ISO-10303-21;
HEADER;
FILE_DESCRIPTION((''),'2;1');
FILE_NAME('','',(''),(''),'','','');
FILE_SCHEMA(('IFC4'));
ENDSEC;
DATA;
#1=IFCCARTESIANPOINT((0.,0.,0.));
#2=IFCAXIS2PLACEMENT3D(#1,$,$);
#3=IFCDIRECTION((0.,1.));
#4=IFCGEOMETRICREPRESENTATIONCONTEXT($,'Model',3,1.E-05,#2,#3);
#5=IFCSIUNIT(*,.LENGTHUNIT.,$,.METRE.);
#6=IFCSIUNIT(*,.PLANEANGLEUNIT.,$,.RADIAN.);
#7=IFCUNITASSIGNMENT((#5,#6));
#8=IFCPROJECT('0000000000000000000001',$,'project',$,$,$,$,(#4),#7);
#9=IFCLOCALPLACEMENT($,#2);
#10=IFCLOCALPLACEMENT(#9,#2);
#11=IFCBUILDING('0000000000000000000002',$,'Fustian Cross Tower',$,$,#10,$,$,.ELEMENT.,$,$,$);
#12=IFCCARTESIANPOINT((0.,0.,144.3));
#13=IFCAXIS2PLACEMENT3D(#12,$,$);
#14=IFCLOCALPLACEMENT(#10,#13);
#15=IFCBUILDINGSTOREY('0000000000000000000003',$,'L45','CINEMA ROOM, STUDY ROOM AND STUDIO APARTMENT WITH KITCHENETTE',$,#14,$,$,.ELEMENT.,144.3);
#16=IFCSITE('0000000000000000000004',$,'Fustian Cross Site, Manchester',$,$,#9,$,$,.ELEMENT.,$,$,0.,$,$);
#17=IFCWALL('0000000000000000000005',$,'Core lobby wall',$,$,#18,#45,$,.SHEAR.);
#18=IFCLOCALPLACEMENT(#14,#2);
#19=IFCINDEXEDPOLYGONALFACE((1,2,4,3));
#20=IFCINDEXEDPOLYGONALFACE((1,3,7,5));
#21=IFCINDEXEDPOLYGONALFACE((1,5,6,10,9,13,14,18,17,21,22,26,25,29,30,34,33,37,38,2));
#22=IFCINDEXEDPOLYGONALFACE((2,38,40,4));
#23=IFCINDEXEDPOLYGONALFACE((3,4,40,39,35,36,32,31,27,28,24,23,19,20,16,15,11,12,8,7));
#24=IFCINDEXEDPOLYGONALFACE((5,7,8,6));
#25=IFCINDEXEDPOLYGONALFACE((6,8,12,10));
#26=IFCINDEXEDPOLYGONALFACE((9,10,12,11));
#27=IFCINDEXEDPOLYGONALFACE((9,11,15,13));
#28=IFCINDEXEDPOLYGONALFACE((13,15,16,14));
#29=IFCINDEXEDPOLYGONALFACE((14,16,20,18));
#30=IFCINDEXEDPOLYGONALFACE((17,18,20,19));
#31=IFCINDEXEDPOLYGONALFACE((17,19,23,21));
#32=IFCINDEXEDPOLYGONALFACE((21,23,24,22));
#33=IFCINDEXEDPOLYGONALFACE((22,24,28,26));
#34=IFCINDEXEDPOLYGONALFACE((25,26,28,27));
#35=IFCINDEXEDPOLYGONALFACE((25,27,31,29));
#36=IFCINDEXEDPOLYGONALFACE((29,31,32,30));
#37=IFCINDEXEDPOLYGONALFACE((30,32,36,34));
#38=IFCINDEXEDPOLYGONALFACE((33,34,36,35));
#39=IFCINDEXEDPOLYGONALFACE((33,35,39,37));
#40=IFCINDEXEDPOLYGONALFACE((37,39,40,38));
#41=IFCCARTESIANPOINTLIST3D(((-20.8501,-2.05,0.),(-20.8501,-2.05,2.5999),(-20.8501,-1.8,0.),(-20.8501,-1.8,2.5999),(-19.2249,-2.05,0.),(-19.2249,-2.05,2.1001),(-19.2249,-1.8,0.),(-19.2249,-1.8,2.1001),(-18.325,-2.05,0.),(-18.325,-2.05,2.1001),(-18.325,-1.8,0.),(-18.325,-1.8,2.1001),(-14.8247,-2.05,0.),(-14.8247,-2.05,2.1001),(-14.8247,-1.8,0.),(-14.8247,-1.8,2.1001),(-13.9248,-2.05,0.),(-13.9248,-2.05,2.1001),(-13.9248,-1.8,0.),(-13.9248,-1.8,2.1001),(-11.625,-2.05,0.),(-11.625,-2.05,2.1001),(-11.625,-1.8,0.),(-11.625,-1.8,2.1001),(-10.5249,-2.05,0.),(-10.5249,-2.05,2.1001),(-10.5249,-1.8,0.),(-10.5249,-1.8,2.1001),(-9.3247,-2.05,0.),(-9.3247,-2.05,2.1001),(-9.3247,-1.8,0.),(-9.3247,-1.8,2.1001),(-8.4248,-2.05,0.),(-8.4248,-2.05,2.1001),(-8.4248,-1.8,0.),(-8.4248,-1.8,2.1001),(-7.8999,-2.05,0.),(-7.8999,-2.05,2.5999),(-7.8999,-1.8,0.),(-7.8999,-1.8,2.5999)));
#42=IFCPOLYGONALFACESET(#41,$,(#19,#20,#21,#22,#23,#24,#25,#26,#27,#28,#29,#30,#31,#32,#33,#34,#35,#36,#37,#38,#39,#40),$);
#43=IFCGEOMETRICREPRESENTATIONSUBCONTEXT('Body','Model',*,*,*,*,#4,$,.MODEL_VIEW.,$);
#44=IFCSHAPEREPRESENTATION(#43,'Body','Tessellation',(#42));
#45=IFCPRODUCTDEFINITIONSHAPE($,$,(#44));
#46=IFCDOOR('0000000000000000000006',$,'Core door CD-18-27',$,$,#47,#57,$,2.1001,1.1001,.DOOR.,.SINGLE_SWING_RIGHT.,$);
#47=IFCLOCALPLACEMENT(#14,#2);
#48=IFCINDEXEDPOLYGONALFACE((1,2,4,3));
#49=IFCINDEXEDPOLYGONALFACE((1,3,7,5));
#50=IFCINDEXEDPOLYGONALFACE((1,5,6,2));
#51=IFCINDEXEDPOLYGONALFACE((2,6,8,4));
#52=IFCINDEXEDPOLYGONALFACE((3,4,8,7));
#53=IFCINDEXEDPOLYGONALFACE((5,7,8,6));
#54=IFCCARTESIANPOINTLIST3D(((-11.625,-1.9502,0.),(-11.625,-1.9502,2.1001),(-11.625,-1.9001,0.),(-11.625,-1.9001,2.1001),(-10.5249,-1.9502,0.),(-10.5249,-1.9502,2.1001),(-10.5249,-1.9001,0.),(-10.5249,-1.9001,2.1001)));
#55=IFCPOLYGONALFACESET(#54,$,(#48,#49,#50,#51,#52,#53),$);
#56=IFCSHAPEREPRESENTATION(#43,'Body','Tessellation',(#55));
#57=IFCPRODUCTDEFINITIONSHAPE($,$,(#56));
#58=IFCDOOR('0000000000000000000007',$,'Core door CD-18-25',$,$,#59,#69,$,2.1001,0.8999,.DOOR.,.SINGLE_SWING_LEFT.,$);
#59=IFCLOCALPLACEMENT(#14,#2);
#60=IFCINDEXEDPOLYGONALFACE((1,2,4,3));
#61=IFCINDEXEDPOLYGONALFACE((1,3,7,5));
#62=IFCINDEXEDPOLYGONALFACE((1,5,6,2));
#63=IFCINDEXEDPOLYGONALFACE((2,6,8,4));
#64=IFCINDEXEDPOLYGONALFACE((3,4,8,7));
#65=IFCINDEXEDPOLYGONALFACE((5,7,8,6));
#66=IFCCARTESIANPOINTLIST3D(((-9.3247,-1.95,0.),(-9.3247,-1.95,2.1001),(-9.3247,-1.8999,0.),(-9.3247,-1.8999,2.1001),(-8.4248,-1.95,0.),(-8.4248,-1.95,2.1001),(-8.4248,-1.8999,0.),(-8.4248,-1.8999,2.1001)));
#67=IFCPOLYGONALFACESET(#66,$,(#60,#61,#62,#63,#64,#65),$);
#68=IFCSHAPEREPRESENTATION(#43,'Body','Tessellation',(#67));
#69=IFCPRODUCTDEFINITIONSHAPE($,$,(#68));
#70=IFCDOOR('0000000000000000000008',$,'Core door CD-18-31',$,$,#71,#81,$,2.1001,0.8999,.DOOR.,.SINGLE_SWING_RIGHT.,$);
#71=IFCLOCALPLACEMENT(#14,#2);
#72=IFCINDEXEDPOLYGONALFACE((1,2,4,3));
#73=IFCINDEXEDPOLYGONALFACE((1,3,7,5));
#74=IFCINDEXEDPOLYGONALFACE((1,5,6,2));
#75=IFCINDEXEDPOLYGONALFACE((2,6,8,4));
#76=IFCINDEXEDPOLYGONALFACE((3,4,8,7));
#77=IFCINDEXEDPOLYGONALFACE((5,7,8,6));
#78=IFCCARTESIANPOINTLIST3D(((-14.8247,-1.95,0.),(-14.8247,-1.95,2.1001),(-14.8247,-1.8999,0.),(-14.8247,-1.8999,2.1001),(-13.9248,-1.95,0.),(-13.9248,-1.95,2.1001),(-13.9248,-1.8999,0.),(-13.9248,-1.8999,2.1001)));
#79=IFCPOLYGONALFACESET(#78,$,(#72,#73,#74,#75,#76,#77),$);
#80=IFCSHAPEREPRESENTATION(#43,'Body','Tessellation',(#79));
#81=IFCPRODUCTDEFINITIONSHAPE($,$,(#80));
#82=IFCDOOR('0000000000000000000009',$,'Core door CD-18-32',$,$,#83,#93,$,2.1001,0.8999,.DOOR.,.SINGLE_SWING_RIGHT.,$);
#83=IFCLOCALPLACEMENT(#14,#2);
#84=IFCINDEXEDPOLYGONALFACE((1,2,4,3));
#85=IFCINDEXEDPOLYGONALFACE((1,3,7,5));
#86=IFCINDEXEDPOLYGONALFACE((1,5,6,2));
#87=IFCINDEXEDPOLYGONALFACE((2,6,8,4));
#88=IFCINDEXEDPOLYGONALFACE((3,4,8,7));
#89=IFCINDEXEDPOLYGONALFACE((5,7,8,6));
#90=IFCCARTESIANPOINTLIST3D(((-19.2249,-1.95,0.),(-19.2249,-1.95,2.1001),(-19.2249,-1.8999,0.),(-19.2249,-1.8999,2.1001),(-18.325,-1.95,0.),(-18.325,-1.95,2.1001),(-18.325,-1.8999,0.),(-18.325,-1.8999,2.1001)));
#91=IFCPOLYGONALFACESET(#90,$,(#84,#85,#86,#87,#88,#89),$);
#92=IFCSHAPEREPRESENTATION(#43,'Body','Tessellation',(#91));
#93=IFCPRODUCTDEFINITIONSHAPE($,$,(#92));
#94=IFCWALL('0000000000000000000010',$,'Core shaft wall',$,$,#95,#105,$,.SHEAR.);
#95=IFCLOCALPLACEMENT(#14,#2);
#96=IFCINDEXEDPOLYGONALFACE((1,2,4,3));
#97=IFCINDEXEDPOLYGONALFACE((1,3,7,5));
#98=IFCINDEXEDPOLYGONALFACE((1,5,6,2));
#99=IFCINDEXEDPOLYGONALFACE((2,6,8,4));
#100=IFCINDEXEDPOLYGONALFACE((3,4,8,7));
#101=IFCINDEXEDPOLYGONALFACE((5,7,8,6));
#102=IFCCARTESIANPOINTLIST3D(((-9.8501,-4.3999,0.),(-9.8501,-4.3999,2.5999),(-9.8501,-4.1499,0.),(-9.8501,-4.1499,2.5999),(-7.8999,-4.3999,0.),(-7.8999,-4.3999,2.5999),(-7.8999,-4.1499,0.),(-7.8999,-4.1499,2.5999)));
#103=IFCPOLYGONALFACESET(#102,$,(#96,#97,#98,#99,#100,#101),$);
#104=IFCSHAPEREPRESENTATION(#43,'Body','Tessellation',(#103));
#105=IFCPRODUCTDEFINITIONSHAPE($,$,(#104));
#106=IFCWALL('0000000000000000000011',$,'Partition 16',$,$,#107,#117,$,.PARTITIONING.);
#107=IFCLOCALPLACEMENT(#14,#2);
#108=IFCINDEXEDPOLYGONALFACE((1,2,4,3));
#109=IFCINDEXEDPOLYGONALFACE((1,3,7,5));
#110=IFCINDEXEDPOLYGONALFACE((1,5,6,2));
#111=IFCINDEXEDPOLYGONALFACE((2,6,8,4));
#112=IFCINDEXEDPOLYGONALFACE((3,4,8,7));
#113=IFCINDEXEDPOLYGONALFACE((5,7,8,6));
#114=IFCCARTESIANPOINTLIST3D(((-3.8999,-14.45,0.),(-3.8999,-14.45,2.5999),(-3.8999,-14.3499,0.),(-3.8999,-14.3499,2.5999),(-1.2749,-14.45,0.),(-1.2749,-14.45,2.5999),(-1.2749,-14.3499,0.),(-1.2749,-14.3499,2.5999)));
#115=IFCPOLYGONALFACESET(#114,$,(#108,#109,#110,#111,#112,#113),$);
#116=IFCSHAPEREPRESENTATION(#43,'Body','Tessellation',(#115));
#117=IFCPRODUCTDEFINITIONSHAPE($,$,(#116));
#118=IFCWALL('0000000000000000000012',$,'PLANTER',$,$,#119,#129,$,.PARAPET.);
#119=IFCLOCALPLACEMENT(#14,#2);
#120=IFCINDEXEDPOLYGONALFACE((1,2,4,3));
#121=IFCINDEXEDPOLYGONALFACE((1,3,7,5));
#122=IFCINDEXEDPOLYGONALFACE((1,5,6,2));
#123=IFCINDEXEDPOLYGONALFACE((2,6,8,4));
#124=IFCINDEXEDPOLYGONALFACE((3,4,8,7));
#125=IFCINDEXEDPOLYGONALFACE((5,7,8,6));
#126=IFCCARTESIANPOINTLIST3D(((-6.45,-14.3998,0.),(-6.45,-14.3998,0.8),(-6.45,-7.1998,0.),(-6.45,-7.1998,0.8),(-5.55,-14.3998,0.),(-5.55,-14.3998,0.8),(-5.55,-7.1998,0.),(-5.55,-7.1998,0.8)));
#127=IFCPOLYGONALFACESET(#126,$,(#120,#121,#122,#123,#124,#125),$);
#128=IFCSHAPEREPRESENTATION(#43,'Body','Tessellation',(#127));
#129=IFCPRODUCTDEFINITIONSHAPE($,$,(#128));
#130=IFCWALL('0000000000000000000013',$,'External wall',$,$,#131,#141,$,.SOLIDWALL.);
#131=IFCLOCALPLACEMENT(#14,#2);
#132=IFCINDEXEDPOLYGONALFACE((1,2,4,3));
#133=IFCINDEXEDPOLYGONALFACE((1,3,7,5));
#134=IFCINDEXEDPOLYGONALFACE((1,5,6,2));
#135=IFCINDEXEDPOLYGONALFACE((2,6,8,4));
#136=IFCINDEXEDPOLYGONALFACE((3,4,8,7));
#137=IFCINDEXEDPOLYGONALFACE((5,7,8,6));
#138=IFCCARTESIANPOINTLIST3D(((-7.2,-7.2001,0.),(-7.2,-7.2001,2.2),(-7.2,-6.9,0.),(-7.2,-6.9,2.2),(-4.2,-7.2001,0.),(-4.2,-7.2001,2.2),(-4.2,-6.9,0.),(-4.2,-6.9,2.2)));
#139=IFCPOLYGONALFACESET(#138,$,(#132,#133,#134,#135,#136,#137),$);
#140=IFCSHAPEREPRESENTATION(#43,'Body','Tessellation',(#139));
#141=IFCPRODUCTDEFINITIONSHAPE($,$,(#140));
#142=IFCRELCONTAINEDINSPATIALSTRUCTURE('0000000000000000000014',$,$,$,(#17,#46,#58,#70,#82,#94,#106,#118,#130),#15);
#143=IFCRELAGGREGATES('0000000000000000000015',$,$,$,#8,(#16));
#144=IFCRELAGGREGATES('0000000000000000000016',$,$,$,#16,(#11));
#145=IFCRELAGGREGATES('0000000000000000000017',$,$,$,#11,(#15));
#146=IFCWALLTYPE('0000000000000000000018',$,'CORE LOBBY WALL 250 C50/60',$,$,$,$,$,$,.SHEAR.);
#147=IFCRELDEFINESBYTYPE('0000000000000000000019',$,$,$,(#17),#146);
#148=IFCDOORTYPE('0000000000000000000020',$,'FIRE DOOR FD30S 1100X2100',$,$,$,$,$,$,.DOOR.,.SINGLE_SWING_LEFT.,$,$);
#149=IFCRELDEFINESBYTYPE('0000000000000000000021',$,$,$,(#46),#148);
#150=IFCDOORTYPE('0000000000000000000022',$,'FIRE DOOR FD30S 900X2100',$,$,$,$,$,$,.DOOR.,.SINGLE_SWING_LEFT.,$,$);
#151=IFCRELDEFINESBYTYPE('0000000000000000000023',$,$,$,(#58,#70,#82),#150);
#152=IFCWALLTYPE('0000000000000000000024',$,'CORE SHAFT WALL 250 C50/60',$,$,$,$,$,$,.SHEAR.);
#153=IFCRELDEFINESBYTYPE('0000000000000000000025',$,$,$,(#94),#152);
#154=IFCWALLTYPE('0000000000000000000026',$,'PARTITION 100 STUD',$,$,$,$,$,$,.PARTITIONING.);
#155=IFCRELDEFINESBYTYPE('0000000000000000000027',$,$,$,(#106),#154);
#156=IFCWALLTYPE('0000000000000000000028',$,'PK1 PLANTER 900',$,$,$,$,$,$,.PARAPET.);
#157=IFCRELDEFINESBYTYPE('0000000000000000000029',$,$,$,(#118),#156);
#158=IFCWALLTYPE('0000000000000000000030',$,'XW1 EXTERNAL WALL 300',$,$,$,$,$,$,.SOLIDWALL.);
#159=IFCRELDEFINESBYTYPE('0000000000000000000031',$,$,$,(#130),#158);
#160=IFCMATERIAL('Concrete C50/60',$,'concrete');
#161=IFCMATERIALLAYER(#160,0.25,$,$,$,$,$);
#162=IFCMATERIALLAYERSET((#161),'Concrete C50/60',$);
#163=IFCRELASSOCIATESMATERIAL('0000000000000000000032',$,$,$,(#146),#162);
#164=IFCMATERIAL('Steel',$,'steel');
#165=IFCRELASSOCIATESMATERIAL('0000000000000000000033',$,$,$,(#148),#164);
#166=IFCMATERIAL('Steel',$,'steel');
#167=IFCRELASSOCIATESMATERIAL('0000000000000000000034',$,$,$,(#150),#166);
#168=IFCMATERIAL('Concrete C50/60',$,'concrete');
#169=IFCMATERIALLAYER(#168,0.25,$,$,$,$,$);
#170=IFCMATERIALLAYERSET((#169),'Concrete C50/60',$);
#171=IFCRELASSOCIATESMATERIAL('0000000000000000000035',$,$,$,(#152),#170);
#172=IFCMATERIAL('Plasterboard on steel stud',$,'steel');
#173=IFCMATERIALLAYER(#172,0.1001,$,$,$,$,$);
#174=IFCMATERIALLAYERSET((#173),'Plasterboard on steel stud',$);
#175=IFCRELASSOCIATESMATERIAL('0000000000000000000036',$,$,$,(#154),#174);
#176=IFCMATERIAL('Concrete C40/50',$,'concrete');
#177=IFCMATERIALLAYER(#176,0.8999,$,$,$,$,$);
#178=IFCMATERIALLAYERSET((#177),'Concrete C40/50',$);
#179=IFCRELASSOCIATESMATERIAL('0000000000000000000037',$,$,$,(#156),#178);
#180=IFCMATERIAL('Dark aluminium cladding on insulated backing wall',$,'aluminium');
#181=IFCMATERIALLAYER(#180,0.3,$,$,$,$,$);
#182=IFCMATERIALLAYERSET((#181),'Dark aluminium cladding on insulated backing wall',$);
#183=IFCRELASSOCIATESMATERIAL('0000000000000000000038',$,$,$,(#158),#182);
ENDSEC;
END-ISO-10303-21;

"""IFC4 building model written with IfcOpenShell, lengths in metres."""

from ifc_helpers import new_model, si_unit, direction, frame, frame_2d, origin, place, context, subcontext, project, spatial, rectangle, extrude, material, layer, layer_set, type_object, element, fill, save


model = new_model("IFC4")

# Units and contexts
model_context = context("Model", 3, precision=1e-05, world=origin(), true_north=direction((0.0, 1.0)))
body_context = subcontext(model_context, "Body", "Model", "MODEL_VIEW")
ifc_project = project(units=[si_unit("LENGTHUNIT", "METRE"), si_unit("PLANEANGLEUNIT", "RADIAN")], contexts=[model_context])

# Site, building, storey
site_placement = place(None, origin())
site = spatial("IfcSite", under=ifc_project, at=site_placement, Name="Fustian Cross Site, Manchester", CompositionType="ELEMENT", RefElevation=0.0)
building_placement = place(site_placement, origin())
building = spatial("IfcBuilding", under=site, at=building_placement, Name="Fustian Cross Tower", CompositionType="ELEMENT")
storey_placement = place(building_placement, frame((0.0, 0.0, 144.3)))
storey = spatial("IfcBuildingStorey", under=building, at=storey_placement, Name="L45", Description="CINEMA ROOM, STUDY ROOM AND STUDIO APARTMENT WITH KITCHENETTE", CompositionType="ELEMENT", Elevation=144.3)

# Wall, openings, doors
ifc_material_1 = material(Name="Concrete C50/60", Category="concrete")
ifc_layer_1 = layer(ifc_material_1, 0.25)
ifc_layer_set_1 = layer_set([ifc_layer_1], Name="Concrete C50/60")
wall_type_1 = type_object("IfcWallType", Name="CORE LOBBY WALL 250 C50/60", PredefinedType="SHEAR", material=ifc_layer_set_1)
wall_1_placement = place(storey_placement, frame((-7.8999, -1.925, 0.0), z_axis=(0.0, 0.0, 1.0), x_axis=(-1.0, 0.0, 0.0)))
wall_1 = element("IfcWall", 1, at=wall_1_placement, inside=storey, type_object=wall_type_1, Name="Core lobby wall", PredefinedType="SHEAR", context=body_context, shape_type="SweptSolid", body=[
    extrude(rectangle(XDim=12.9502, YDim=0.25, at=frame_2d((6.4751, 0.0))), origin(), (0.0, 0.0, 1.0), 2.5999),
])
opening_1_placement = place(wall_1_placement, frame((0.5249, 0.0, 0.0)))
opening_1 = element("IfcOpeningElement", 2, at=opening_1_placement, cuts=wall_1, PredefinedType="OPENING", context=body_context, shape_type="SweptSolid", body=[
    extrude(rectangle(XDim=0.8999, YDim=2.1001, at=frame_2d((0.45, 1.05))), frame((0.0, 0.135, 0.0), z_axis=(0.0, -1.0, 0.0), x_axis=(1.0, 0.0, 0.0)), (0.0, 0.0, 1.0), 0.27),
])
opening_2_placement = place(wall_1_placement, frame((2.625, 0.0, 0.0)))
opening_2 = element("IfcOpeningElement", 3, at=opening_2_placement, cuts=wall_1, PredefinedType="OPENING", context=body_context, shape_type="SweptSolid", body=[
    extrude(rectangle(XDim=1.1001, YDim=2.1001, at=frame_2d((0.55, 1.05))), frame((0.0, 0.135, 0.0), z_axis=(0.0, -1.0, 0.0), x_axis=(1.0, 0.0, 0.0)), (0.0, 0.0, 1.0), 0.27),
])
opening_3_placement = place(wall_1_placement, frame((6.0249, 0.0, 0.0)))
opening_3 = element("IfcOpeningElement", 4, at=opening_3_placement, cuts=wall_1, PredefinedType="OPENING", context=body_context, shape_type="SweptSolid", body=[
    extrude(rectangle(XDim=0.8999, YDim=2.1001, at=frame_2d((0.45, 1.05))), frame((0.0, 0.135, 0.0), z_axis=(0.0, -1.0, 0.0), x_axis=(1.0, 0.0, 0.0)), (0.0, 0.0, 1.0), 0.27),
])
opening_4_placement = place(wall_1_placement, frame((10.425, 0.0, 0.0)))
opening_4 = element("IfcOpeningElement", 5, at=opening_4_placement, cuts=wall_1, PredefinedType="OPENING", context=body_context, shape_type="SweptSolid", body=[
    extrude(rectangle(XDim=0.8999, YDim=2.1001, at=frame_2d((0.45, 1.05))), frame((0.0, 0.135, 0.0), z_axis=(0.0, -1.0, 0.0), x_axis=(1.0, 0.0, 0.0)), (0.0, 0.0, 1.0), 0.27),
])
ifc_material_2 = material(Name="Steel", Category="steel")
door_type_1 = type_object("IfcDoorType", Name="FIRE DOOR FD30S 1100X2100", OperationType="SINGLE_SWING_LEFT", PredefinedType="DOOR", material=ifc_material_2)
door_1_placement = place(opening_2_placement, frame((1.1001, 0.0, 0.0), z_axis=(0.0, 0.0, 1.0), x_axis=(-1.0, 0.0, 0.0)))
door_1 = element("IfcDoor", 6, at=door_1_placement, inside=storey, type_object=door_type_1, Name="Core door CD-18-27", OperationType="SINGLE_SWING_RIGHT", OverallHeight=2.1001, OverallWidth=1.1001, PredefinedType="DOOR", context=body_context, shape_type="SweptSolid", body=[
    extrude(rectangle(XDim=1.1001, YDim=2.1001, at=frame_2d((0.55, 1.05))), frame((0.0, 0.0249, 0.0), z_axis=(0.0, -1.0, 0.0), x_axis=(1.0, 0.0, 0.0)), (0.0, 0.0, 1.0), 0.05),
])
fill(opening_2, door_1)
ifc_material_3 = material(Name="Steel", Category="steel")
door_type_2 = type_object("IfcDoorType", Name="FIRE DOOR FD30S 900X2100", OperationType="SINGLE_SWING_LEFT", PredefinedType="DOOR", material=ifc_material_3)
door_2_placement = place(opening_1_placement, origin())
door_2 = element("IfcDoor", 7, at=door_2_placement, inside=storey, type_object=door_type_2, Name="Core door CD-18-25", OperationType="SINGLE_SWING_LEFT", OverallHeight=2.1001, OverallWidth=0.8999, PredefinedType="DOOR", context=body_context, shape_type="SweptSolid", body=[
    extrude(rectangle(XDim=0.8999, YDim=2.1001, at=frame_2d((0.45, 1.05))), frame((0.0, 0.0249, 0.0), z_axis=(0.0, -1.0, 0.0), x_axis=(1.0, 0.0, 0.0)), (0.0, 0.0, 1.0), 0.05),
])
fill(opening_1, door_2)
door_3_placement = place(opening_3_placement, origin())
door_3 = element("IfcDoor", 8, at=door_3_placement, inside=storey, type_object=door_type_2, Name="Core door CD-18-31", OperationType="SINGLE_SWING_RIGHT", OverallHeight=2.1001, OverallWidth=0.8999, PredefinedType="DOOR", context=body_context, shape_type="SweptSolid", body=[
    extrude(rectangle(XDim=0.8999, YDim=2.1001, at=frame_2d((0.45, 1.05))), frame((0.0, 0.0249, 0.0), z_axis=(0.0, -1.0, 0.0), x_axis=(1.0, 0.0, 0.0)), (0.0, 0.0, 1.0), 0.05),
])
fill(opening_3, door_3)
door_4_placement = place(opening_4_placement, origin())
door_4 = element("IfcDoor", 9, at=door_4_placement, inside=storey, type_object=door_type_2, Name="Core door CD-18-32", OperationType="SINGLE_SWING_RIGHT", OverallHeight=2.1001, OverallWidth=0.8999, PredefinedType="DOOR", context=body_context, shape_type="SweptSolid", body=[
    extrude(rectangle(XDim=0.8999, YDim=2.1001, at=frame_2d((0.45, 1.05))), frame((0.0, 0.0249, 0.0), z_axis=(0.0, -1.0, 0.0), x_axis=(1.0, 0.0, 0.0)), (0.0, 0.0, 1.0), 0.05),
])
fill(opening_4, door_4)

# Walls
ifc_material_4 = material(Name="Concrete C50/60", Category="concrete")
ifc_layer_2 = layer(ifc_material_4, 0.25)
ifc_layer_set_2 = layer_set([ifc_layer_2], Name="Concrete C50/60")
wall_type_2 = type_object("IfcWallType", Name="CORE SHAFT WALL 250 C50/60", PredefinedType="SHEAR", material=ifc_layer_set_2)
wall_2_placement = place(storey_placement, frame((-7.8999, -4.2749, 0.0), z_axis=(0.0, 0.0, 1.0), x_axis=(-1.0, 0.0, 0.0)))
element("IfcWall", 10, at=wall_2_placement, inside=storey, type_object=wall_type_2, Name="Core shaft wall", PredefinedType="SHEAR", context=body_context, shape_type="SweptSolid", body=[
    extrude(rectangle(XDim=1.9502, YDim=0.25, at=frame_2d((0.9751, 0.0))), origin(), (0.0, 0.0, 1.0), 2.5999),
])
ifc_material_5 = material(Name="Plasterboard on steel stud", Category="steel")
ifc_layer_3 = layer(ifc_material_5, 0.1001)
ifc_layer_set_3 = layer_set([ifc_layer_3], Name="Plasterboard on steel stud")
wall_type_3 = type_object("IfcWallType", Name="PARTITION 100 STUD", PredefinedType="PARTITIONING", material=ifc_layer_set_3)
wall_3_placement = place(storey_placement, frame((-3.8999, -14.3999, 0.0), z_axis=(0.0, 0.0, 1.0), x_axis=(1.0, 0.0, 0.0)))
element("IfcWall", 11, at=wall_3_placement, inside=storey, type_object=wall_type_3, Name="Partition 16", PredefinedType="PARTITIONING", context=body_context, shape_type="SweptSolid", body=[
    extrude(rectangle(XDim=2.625, YDim=0.1001, at=frame_2d((1.3125, 0.0))), origin(), (0.0, 0.0, 1.0), 2.5999),
])
ifc_material_6 = material(Name="Concrete C40/50", Category="concrete")
ifc_layer_4 = layer(ifc_material_6, 0.8999)
ifc_layer_set_4 = layer_set([ifc_layer_4], Name="Concrete C40/50")
wall_type_4 = type_object("IfcWallType", Name="PK1 PLANTER 900", PredefinedType="PARAPET", material=ifc_layer_set_4)
wall_4_placement = place(storey_placement, frame((-6.0, -14.3999, 0.0), z_axis=(0.0, 0.0, 1.0), x_axis=(0.0, 1.0, 0.0)))
element("IfcWall", 12, at=wall_4_placement, inside=storey, type_object=wall_type_4, Name="PLANTER", PredefinedType="PARAPET", context=body_context, shape_type="SweptSolid", body=[
    extrude(rectangle(XDim=7.2, YDim=0.8999, at=frame_2d((3.6001, 0.0))), origin(), (0.0, 0.0, 1.0), 0.8),
])
ifc_material_7 = material(Name="Dark aluminium cladding on insulated backing wall", Category="aluminium")
ifc_layer_5 = layer(ifc_material_7, 0.3)
ifc_layer_set_5 = layer_set([ifc_layer_5], Name="Dark aluminium cladding on insulated backing wall")
wall_type_5 = type_object("IfcWallType", Name="XW1 EXTERNAL WALL 300", PredefinedType="SOLIDWALL", material=ifc_layer_set_5)
wall_5_placement = place(storey_placement, frame((-7.2, -7.05, 0.0), z_axis=(0.0, 0.0, 1.0), x_axis=(1.0, 0.0, 0.0)))
element("IfcWall", 13, at=wall_5_placement, inside=storey, type_object=wall_type_5, Name="External wall", PredefinedType="SOLIDWALL", context=body_context, shape_type="SweptSolid", body=[
    extrude(rectangle(XDim=3.0, YDim=0.3, at=frame_2d((1.5, 0.0))), origin(), (0.0, 0.0, 1.0), 2.2),
])

save(model, "model.ifc")
